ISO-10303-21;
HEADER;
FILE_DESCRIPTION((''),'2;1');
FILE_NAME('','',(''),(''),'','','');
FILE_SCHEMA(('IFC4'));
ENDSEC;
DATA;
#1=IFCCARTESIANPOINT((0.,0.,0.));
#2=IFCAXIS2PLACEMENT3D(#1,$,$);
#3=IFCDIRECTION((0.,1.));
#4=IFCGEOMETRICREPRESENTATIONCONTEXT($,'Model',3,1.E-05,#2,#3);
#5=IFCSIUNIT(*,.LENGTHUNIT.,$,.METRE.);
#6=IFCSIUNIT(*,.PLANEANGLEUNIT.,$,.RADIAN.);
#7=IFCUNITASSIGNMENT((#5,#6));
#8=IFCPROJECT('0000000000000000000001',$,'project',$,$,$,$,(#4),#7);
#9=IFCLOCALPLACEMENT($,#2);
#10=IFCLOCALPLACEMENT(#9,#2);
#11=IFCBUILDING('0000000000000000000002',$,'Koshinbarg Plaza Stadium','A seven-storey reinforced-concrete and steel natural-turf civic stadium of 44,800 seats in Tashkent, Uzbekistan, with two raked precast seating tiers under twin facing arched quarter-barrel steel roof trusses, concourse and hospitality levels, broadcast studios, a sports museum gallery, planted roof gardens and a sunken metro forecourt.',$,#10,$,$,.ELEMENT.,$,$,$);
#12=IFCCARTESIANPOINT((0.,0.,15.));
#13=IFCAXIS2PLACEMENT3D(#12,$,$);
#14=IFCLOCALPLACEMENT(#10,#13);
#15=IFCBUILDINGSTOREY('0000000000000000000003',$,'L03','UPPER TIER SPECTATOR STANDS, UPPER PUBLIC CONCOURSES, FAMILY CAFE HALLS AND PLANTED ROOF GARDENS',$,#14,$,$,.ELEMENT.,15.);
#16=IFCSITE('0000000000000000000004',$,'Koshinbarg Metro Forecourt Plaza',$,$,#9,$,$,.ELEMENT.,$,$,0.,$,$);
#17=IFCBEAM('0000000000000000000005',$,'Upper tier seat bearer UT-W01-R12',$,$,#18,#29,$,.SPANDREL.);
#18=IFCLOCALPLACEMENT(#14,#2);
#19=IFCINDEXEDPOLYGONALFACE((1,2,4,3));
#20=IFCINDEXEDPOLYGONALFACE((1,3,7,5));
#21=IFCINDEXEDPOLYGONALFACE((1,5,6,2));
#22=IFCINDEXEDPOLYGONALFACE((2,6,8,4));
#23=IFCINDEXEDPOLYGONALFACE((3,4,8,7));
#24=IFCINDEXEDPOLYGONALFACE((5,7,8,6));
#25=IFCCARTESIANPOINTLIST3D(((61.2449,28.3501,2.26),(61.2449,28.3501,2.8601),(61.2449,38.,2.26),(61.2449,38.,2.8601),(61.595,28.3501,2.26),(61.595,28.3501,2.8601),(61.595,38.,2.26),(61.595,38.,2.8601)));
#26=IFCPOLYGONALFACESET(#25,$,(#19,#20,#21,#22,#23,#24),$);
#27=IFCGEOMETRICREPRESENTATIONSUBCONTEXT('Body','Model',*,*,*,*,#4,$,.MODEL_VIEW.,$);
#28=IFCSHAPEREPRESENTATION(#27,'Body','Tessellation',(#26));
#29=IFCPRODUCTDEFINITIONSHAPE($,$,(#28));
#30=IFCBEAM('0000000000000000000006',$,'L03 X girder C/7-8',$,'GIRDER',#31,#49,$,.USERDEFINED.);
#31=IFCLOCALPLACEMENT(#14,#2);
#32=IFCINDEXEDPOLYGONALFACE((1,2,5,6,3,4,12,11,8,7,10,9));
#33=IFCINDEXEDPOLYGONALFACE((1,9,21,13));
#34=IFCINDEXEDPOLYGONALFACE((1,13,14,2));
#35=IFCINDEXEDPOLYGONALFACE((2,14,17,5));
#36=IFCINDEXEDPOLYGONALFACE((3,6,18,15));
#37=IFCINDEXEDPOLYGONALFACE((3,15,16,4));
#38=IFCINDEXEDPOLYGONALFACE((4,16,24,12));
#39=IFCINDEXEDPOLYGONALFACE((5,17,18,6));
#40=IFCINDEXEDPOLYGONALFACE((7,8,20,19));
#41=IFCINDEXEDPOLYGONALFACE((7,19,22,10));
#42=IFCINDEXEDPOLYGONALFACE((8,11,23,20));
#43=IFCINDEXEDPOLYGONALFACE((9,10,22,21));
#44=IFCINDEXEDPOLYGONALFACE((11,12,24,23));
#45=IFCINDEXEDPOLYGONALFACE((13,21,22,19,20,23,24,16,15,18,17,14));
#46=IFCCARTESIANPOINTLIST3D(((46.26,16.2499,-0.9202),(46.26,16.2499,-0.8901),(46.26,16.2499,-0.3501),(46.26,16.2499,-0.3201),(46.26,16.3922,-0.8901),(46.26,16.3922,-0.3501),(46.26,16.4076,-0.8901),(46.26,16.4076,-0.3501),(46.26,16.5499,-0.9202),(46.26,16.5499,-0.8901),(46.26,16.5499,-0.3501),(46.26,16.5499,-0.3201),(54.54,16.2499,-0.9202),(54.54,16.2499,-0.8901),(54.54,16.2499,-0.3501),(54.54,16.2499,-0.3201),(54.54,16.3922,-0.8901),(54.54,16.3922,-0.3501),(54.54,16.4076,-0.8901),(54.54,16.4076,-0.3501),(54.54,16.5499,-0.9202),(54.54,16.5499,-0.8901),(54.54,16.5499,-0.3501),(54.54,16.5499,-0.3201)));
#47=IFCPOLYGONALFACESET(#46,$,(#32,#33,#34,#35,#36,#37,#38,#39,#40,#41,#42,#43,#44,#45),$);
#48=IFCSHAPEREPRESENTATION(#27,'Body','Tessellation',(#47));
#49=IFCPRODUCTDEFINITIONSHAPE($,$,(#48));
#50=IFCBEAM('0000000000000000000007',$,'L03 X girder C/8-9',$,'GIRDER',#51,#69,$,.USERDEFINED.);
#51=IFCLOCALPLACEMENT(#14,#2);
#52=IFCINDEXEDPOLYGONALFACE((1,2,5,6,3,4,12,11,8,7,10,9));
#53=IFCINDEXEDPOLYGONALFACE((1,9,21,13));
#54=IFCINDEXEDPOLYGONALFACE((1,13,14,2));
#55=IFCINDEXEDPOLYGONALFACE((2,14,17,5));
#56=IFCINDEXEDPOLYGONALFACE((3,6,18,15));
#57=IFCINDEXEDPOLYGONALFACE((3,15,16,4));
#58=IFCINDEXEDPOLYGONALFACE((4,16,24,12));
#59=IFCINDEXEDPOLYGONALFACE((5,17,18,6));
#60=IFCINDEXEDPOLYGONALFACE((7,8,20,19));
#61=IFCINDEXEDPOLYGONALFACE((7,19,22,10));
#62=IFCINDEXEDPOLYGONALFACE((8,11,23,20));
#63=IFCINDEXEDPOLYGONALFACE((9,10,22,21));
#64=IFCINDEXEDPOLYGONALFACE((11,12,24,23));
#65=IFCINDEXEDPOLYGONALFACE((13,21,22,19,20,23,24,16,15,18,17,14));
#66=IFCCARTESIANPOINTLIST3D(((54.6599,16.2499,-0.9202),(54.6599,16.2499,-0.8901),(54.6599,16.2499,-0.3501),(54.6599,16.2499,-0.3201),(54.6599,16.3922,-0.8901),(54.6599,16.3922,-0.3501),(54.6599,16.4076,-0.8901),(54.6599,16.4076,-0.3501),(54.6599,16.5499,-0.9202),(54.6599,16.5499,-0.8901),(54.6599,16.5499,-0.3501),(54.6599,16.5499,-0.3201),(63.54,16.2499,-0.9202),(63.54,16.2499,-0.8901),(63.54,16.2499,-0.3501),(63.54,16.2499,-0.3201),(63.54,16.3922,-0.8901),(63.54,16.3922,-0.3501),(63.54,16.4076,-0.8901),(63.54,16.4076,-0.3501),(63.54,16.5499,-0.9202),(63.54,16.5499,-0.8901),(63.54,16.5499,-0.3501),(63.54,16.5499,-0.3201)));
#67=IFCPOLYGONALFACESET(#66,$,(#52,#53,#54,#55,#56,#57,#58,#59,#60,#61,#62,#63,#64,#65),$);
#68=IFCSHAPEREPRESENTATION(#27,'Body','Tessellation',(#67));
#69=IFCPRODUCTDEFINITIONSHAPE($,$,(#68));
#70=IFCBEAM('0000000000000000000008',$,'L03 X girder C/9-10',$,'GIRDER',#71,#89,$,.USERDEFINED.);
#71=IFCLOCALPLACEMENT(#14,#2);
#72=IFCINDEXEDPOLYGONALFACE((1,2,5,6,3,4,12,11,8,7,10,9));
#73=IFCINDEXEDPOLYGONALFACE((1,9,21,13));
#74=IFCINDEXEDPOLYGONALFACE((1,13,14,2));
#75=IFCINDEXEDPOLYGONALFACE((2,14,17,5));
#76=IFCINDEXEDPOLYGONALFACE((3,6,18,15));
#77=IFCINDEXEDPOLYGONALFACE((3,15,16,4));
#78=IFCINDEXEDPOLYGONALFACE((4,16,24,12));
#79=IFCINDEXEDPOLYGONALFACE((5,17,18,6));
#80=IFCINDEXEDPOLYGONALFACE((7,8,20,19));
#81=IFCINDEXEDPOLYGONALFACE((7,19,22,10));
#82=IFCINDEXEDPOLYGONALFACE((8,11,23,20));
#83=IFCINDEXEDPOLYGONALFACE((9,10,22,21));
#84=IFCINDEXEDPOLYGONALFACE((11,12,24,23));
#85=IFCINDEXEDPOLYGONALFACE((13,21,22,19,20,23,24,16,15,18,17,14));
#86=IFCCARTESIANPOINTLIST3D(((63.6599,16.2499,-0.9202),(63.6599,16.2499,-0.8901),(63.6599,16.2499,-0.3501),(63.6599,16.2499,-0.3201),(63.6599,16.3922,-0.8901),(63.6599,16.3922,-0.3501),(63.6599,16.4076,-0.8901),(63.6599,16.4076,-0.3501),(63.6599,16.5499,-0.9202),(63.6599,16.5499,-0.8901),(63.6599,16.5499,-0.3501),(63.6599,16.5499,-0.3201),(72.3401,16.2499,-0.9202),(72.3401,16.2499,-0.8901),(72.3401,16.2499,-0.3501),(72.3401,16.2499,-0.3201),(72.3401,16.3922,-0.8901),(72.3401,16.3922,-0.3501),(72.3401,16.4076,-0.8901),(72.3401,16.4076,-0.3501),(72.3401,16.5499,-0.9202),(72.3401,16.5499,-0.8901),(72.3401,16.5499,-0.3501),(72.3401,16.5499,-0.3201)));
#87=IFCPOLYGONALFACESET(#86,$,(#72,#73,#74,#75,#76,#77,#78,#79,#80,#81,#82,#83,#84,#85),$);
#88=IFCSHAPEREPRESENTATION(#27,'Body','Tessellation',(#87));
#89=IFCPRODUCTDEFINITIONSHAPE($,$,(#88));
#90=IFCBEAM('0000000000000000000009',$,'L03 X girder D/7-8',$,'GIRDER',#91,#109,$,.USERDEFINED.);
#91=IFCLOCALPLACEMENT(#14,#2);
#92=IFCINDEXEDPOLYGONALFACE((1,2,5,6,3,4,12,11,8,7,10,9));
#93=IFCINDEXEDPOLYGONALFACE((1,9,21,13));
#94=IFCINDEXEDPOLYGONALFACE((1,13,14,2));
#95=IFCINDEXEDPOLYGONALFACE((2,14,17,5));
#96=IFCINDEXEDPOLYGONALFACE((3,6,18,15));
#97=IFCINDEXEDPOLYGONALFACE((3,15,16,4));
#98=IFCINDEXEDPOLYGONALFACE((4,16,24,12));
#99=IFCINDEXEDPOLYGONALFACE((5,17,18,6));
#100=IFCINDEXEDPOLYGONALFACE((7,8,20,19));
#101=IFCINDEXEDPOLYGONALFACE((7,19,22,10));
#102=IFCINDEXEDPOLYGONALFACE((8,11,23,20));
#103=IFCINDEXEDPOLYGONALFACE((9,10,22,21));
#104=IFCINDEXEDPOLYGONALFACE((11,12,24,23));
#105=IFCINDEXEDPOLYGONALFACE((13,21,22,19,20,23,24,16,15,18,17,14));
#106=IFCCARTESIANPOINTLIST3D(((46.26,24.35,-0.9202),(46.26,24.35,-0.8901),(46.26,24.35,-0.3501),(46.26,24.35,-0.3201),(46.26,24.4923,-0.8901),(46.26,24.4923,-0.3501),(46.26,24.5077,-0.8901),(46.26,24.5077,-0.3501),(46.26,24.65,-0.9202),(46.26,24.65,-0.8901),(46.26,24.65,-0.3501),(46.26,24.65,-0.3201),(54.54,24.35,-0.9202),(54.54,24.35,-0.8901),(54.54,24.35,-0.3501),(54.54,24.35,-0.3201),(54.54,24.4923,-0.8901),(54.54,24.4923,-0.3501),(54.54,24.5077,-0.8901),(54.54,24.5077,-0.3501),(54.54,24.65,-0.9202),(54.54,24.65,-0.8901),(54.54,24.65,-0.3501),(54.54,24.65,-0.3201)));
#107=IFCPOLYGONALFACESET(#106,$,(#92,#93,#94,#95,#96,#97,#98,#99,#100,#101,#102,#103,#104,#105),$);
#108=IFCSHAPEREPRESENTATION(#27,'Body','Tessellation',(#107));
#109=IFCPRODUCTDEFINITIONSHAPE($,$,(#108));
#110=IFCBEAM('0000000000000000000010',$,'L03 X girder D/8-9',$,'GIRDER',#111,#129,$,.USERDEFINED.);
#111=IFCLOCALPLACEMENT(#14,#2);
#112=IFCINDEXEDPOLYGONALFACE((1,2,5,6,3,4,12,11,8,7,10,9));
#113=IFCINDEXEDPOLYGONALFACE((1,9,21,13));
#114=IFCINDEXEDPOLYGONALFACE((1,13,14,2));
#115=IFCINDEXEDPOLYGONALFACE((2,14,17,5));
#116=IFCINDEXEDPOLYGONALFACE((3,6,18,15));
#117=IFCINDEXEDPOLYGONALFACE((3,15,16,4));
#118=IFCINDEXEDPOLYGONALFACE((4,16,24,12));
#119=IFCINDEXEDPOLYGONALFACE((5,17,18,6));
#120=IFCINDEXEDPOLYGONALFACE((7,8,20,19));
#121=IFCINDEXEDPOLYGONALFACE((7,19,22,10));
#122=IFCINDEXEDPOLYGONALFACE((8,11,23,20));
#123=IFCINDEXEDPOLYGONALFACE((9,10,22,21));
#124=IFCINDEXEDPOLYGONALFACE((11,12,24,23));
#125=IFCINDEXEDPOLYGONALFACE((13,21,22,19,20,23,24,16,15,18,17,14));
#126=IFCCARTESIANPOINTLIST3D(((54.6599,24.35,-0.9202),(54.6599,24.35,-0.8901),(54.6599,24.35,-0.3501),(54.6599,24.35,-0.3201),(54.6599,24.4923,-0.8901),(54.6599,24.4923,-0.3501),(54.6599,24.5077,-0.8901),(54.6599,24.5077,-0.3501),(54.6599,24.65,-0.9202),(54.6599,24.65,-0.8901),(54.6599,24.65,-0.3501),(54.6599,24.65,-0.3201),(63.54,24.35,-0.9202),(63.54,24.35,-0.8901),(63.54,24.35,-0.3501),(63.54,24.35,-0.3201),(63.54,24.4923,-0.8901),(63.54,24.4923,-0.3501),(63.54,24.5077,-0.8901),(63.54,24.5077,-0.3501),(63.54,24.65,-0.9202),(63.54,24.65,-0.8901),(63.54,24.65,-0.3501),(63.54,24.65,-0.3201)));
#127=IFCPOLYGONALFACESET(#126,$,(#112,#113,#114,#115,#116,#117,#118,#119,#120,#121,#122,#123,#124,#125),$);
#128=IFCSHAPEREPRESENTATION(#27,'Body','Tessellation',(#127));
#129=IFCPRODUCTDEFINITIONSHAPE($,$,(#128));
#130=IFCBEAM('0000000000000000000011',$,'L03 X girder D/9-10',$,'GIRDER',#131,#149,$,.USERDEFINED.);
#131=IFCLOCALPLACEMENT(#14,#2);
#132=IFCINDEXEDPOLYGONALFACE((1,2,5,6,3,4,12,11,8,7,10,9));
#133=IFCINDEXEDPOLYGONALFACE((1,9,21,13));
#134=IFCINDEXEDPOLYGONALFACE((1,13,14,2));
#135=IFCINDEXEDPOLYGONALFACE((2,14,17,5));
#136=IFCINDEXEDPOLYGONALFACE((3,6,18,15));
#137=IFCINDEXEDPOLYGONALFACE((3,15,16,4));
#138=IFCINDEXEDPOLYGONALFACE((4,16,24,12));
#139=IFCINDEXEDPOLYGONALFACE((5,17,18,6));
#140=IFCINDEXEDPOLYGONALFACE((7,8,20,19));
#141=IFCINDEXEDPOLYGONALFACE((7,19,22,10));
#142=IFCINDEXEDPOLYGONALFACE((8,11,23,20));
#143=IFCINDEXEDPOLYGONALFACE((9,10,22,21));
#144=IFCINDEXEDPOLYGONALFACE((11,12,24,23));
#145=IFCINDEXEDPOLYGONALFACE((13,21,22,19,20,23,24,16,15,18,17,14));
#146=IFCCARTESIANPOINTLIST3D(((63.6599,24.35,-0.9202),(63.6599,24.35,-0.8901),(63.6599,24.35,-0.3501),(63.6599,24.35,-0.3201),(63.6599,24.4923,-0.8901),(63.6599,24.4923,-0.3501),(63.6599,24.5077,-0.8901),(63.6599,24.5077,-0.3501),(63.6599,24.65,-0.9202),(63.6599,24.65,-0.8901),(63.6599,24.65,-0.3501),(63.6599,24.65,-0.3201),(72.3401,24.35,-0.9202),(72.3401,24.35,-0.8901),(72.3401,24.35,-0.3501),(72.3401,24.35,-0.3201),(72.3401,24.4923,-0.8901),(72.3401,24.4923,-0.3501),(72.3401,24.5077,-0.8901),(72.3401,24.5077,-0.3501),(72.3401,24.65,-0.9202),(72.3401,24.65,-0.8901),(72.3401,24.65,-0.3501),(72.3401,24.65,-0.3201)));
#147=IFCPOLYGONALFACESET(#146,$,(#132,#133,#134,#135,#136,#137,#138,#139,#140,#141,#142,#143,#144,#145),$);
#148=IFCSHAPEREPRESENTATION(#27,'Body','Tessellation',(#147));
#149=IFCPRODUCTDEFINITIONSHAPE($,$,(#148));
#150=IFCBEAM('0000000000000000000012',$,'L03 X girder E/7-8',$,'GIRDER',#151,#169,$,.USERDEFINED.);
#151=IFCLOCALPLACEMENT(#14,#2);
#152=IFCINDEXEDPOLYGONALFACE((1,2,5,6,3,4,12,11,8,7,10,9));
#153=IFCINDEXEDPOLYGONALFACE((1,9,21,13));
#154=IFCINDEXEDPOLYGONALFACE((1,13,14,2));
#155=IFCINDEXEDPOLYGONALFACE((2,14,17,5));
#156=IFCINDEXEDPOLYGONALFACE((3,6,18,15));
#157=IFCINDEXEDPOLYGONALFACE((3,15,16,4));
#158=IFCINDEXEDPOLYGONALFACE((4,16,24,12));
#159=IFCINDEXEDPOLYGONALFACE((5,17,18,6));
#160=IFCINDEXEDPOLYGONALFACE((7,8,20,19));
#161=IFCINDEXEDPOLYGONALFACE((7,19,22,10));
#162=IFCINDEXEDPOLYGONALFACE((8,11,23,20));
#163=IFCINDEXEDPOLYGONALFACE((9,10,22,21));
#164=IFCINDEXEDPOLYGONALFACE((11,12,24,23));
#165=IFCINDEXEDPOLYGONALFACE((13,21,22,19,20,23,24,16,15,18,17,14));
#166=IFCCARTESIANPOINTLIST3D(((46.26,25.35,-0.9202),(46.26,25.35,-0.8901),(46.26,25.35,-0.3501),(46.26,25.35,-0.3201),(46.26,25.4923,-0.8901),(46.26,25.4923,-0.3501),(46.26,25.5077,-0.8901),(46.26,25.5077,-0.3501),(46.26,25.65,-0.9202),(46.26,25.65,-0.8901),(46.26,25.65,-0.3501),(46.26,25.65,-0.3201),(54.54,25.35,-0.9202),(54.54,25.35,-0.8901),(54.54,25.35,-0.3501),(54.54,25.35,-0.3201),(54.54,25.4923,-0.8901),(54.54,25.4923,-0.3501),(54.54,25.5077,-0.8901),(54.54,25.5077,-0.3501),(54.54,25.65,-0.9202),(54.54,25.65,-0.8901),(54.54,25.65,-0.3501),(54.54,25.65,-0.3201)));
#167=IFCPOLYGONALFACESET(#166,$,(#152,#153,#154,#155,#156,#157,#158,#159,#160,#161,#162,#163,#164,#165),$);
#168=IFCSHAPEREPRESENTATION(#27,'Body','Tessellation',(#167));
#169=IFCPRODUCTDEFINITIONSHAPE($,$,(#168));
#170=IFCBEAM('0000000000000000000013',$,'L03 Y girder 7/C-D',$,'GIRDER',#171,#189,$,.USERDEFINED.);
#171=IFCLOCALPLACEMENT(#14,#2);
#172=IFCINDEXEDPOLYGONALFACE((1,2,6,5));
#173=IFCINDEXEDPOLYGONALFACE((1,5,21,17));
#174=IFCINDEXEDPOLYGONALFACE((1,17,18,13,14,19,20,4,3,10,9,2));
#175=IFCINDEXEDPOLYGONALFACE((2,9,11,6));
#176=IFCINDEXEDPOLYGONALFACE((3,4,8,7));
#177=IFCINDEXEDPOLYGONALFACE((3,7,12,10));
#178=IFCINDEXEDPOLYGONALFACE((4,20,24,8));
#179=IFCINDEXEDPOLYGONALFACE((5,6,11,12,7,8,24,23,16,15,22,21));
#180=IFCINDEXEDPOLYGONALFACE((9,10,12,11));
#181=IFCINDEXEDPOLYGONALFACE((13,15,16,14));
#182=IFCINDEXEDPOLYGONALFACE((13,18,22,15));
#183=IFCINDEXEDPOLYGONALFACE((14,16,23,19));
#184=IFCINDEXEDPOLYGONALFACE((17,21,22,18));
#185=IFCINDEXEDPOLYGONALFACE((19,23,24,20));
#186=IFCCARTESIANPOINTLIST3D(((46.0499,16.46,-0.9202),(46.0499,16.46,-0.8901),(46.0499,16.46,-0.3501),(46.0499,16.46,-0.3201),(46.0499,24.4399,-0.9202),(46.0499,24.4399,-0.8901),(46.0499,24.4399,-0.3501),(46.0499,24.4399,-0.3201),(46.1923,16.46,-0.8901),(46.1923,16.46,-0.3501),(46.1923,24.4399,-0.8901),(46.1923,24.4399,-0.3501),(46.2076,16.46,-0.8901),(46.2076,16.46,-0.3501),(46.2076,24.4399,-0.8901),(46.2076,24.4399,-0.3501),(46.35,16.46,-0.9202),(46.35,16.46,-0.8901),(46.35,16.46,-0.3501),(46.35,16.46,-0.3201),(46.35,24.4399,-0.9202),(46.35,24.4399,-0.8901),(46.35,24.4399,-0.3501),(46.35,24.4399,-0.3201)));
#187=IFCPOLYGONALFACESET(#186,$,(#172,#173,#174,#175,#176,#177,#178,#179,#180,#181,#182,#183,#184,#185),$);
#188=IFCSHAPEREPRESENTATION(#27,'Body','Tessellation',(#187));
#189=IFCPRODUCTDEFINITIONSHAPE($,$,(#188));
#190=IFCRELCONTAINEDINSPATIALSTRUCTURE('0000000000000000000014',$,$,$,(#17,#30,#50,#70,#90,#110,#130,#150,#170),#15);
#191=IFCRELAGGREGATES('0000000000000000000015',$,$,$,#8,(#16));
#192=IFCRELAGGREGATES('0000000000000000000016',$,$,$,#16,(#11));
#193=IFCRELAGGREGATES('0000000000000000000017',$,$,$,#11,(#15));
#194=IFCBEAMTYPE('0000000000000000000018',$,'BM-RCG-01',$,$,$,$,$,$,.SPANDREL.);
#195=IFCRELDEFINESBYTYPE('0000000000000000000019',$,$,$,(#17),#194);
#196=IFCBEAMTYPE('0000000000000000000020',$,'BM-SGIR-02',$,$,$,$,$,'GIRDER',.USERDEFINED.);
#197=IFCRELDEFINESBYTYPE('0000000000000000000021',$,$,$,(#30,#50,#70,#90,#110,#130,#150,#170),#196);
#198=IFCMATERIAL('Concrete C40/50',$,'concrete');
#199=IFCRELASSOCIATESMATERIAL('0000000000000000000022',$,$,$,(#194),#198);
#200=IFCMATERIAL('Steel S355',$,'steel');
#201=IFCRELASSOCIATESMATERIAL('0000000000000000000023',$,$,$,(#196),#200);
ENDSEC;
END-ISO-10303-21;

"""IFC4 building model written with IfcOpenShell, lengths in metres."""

from ifc_helpers import new_model, si_unit, direction, frame, origin, origin_2d, place, context, subcontext, project, spatial, rectangle, i_section, extrude, material, material_profile, profile_set, type_object, element, save


model = new_model("IFC4")

# Units and contexts
model_context = context("Model", 3, precision=1e-05, world=origin(), true_north=direction((0.0, 1.0)))
body_context = subcontext(model_context, "Body", "Model", "MODEL_VIEW")
ifc_project = project(units=[si_unit("LENGTHUNIT", "METRE"), si_unit("PLANEANGLEUNIT", "RADIAN")], contexts=[model_context])

# Site, building, storey
site_placement = place(None, origin())
site = spatial("IfcSite", under=ifc_project, at=site_placement, Name="Koshinbarg Metro Forecourt Plaza", CompositionType="ELEMENT", RefElevation=0.0)
building_placement = place(site_placement, origin())
building = spatial("IfcBuilding", under=site, at=building_placement, Name="Koshinbarg Plaza Stadium", Description="A seven-storey reinforced-concrete and steel natural-turf civic stadium of 44,800 seats in Tashkent, Uzbekistan, with two raked precast seating tiers under twin facing arched quarter-barrel steel roof trusses, concourse and hospitality levels, broadcast studios, a sports museum gallery, planted roof gardens and a sunken metro forecourt.", CompositionType="ELEMENT")
storey_placement = place(building_placement, frame((0.0, 0.0, 15.0)))
storey = spatial("IfcBuildingStorey", under=building, at=storey_placement, Name="L03", Description="UPPER TIER SPECTATOR STANDS, UPPER PUBLIC CONCOURSES, FAMILY CAFE HALLS AND PLANTED ROOF GARDENS", CompositionType="ELEMENT", Elevation=15.0)

# Shared definitions
ifc_material_1 = material(Name="Concrete C40/50", Category="concrete")
ifc_material_2 = material(Name="Steel S355", Category="steel")

# Beams
ifc_material_profile_1 = material_profile(ifc_material_1, rectangle(XDim=0.3501, YDim=0.6001, at=origin_2d()), Name="RC 350x600")
ifc_profile_set_1 = profile_set([ifc_material_profile_1], Name="Concrete C40/50")
beam_type_1 = type_object("IfcBeamType", Name="BM-RCG-01", PredefinedType="SPANDREL", material=ifc_profile_set_1)
for number, where, z_axis, x_axis, name in (
    (1, (61.4199, 28.3501, 2.5601), (0.0, 1.0, 0.0), (-1.0, 0.0, 0.0), "Upper tier seat bearer UT-W01-R12"),
):
    element("IfcBeam", number, at=place(storey_placement, frame(where, z_axis=z_axis, x_axis=x_axis)), inside=storey, type_object=beam_type_1, Name=name, PredefinedType="SPANDREL", context=body_context, shape_type="SweptSolid", body=[
        extrude(rectangle(XDim=0.3501, YDim=0.6001, at=origin_2d()), origin(), (0.0, 0.0, 1.0), 9.6499),
    ])
ifc_material_profile_2 = material_profile(ifc_material_2, i_section(OverallWidth=0.3, OverallDepth=0.6001, WebThickness=0.0154, FlangeThickness=0.03, at=origin_2d()), Name="HEB 600")
ifc_profile_set_2 = profile_set([ifc_material_profile_2], Name="Steel S355")
beam_type_2 = type_object("IfcBeamType", Name="BM-SGIR-02", ElementType="GIRDER", PredefinedType="USERDEFINED", material=ifc_profile_set_2)
beam_1_placement = place(storey_placement, frame((46.26, 16.3999, -0.6201), z_axis=(1.0, 0.0, 0.0), x_axis=(0.0, 1.0, 0.0)))
element("IfcBeam", 2, at=beam_1_placement, inside=storey, type_object=beam_type_2, Name="L03 X girder C/7-8", ObjectType="GIRDER", PredefinedType="USERDEFINED", context=body_context, shape_type="SweptSolid", body=[
    extrude(i_section(OverallWidth=0.3, OverallDepth=0.6001, WebThickness=0.0154, FlangeThickness=0.03, at=origin_2d()), origin(), (0.0, 0.0, 1.0), 8.28),
])
beam_2_placement = place(storey_placement, frame((54.6599, 16.3999, -0.6201), z_axis=(1.0, 0.0, 0.0), x_axis=(0.0, 1.0, 0.0)))
element("IfcBeam", 3, at=beam_2_placement, inside=storey, type_object=beam_type_2, Name="L03 X girder C/8-9", ObjectType="GIRDER", PredefinedType="USERDEFINED", context=body_context, shape_type="SweptSolid", body=[
    extrude(i_section(OverallWidth=0.3, OverallDepth=0.6001, WebThickness=0.0154, FlangeThickness=0.03, at=origin_2d()), origin(), (0.0, 0.0, 1.0), 8.8801),
])
beam_3_placement = place(storey_placement, frame((63.6599, 16.3999, -0.6201), z_axis=(1.0, 0.0, 0.0), x_axis=(0.0, 1.0, 0.0)))
element("IfcBeam", 4, at=beam_3_placement, inside=storey, type_object=beam_type_2, Name="L03 X girder C/9-10", ObjectType="GIRDER", PredefinedType="USERDEFINED", context=body_context, shape_type="SweptSolid", body=[
    extrude(i_section(OverallWidth=0.3, OverallDepth=0.6001, WebThickness=0.0154, FlangeThickness=0.03, at=origin_2d()), origin(), (0.0, 0.0, 1.0), 8.6802),
])
beam_4_placement = place(storey_placement, frame((46.26, 24.5, -0.6201), z_axis=(1.0, 0.0, 0.0), x_axis=(0.0, 1.0, 0.0)))
element("IfcBeam", 5, at=beam_4_placement, inside=storey, type_object=beam_type_2, Name="L03 X girder D/7-8", ObjectType="GIRDER", PredefinedType="USERDEFINED", context=body_context, shape_type="SweptSolid", body=[
    extrude(i_section(OverallWidth=0.3, OverallDepth=0.6001, WebThickness=0.0154, FlangeThickness=0.03, at=origin_2d()), origin(), (0.0, 0.0, 1.0), 8.28),
])
beam_5_placement = place(storey_placement, frame((54.6599, 24.5, -0.6201), z_axis=(1.0, 0.0, 0.0), x_axis=(0.0, 1.0, 0.0)))
element("IfcBeam", 6, at=beam_5_placement, inside=storey, type_object=beam_type_2, Name="L03 X girder D/8-9", ObjectType="GIRDER", PredefinedType="USERDEFINED", context=body_context, shape_type="SweptSolid", body=[
    extrude(i_section(OverallWidth=0.3, OverallDepth=0.6001, WebThickness=0.0154, FlangeThickness=0.03, at=origin_2d()), origin(), (0.0, 0.0, 1.0), 8.8801),
])
beam_6_placement = place(storey_placement, frame((63.6599, 24.5, -0.6201), z_axis=(1.0, 0.0, 0.0), x_axis=(0.0, 1.0, 0.0)))
element("IfcBeam", 7, at=beam_6_placement, inside=storey, type_object=beam_type_2, Name="L03 X girder D/9-10", ObjectType="GIRDER", PredefinedType="USERDEFINED", context=body_context, shape_type="SweptSolid", body=[
    extrude(i_section(OverallWidth=0.3, OverallDepth=0.6001, WebThickness=0.0154, FlangeThickness=0.03, at=origin_2d()), origin(), (0.0, 0.0, 1.0), 8.6802),
])
beam_7_placement = place(storey_placement, frame((46.26, 25.5, -0.6201), z_axis=(1.0, 0.0, 0.0), x_axis=(0.0, 1.0, 0.0)))
element("IfcBeam", 8, at=beam_7_placement, inside=storey, type_object=beam_type_2, Name="L03 X girder E/7-8", ObjectType="GIRDER", PredefinedType="USERDEFINED", context=body_context, shape_type="SweptSolid", body=[
    extrude(i_section(OverallWidth=0.3, OverallDepth=0.6001, WebThickness=0.0154, FlangeThickness=0.03, at=origin_2d()), origin(), (0.0, 0.0, 1.0), 8.28),
])
for number, where, z_axis, x_axis, name in (
    (9, (46.2, 16.46, -0.6201), (0.0, 1.0, 0.0), (-1.0, 0.0, 0.0), "L03 Y girder 7/C-D"),
):
    element("IfcBeam", number, at=place(storey_placement, frame(where, z_axis=z_axis, x_axis=x_axis)), inside=storey, type_object=beam_type_2, Name=name, ObjectType="GIRDER", PredefinedType="USERDEFINED", context=body_context, shape_type="SweptSolid", body=[
        extrude(i_section(OverallWidth=0.3, OverallDepth=0.6001, WebThickness=0.0154, FlangeThickness=0.03, at=origin_2d()), origin(), (0.0, 0.0, 1.0), 7.98),
    ])

save(model, "model.ifc")
